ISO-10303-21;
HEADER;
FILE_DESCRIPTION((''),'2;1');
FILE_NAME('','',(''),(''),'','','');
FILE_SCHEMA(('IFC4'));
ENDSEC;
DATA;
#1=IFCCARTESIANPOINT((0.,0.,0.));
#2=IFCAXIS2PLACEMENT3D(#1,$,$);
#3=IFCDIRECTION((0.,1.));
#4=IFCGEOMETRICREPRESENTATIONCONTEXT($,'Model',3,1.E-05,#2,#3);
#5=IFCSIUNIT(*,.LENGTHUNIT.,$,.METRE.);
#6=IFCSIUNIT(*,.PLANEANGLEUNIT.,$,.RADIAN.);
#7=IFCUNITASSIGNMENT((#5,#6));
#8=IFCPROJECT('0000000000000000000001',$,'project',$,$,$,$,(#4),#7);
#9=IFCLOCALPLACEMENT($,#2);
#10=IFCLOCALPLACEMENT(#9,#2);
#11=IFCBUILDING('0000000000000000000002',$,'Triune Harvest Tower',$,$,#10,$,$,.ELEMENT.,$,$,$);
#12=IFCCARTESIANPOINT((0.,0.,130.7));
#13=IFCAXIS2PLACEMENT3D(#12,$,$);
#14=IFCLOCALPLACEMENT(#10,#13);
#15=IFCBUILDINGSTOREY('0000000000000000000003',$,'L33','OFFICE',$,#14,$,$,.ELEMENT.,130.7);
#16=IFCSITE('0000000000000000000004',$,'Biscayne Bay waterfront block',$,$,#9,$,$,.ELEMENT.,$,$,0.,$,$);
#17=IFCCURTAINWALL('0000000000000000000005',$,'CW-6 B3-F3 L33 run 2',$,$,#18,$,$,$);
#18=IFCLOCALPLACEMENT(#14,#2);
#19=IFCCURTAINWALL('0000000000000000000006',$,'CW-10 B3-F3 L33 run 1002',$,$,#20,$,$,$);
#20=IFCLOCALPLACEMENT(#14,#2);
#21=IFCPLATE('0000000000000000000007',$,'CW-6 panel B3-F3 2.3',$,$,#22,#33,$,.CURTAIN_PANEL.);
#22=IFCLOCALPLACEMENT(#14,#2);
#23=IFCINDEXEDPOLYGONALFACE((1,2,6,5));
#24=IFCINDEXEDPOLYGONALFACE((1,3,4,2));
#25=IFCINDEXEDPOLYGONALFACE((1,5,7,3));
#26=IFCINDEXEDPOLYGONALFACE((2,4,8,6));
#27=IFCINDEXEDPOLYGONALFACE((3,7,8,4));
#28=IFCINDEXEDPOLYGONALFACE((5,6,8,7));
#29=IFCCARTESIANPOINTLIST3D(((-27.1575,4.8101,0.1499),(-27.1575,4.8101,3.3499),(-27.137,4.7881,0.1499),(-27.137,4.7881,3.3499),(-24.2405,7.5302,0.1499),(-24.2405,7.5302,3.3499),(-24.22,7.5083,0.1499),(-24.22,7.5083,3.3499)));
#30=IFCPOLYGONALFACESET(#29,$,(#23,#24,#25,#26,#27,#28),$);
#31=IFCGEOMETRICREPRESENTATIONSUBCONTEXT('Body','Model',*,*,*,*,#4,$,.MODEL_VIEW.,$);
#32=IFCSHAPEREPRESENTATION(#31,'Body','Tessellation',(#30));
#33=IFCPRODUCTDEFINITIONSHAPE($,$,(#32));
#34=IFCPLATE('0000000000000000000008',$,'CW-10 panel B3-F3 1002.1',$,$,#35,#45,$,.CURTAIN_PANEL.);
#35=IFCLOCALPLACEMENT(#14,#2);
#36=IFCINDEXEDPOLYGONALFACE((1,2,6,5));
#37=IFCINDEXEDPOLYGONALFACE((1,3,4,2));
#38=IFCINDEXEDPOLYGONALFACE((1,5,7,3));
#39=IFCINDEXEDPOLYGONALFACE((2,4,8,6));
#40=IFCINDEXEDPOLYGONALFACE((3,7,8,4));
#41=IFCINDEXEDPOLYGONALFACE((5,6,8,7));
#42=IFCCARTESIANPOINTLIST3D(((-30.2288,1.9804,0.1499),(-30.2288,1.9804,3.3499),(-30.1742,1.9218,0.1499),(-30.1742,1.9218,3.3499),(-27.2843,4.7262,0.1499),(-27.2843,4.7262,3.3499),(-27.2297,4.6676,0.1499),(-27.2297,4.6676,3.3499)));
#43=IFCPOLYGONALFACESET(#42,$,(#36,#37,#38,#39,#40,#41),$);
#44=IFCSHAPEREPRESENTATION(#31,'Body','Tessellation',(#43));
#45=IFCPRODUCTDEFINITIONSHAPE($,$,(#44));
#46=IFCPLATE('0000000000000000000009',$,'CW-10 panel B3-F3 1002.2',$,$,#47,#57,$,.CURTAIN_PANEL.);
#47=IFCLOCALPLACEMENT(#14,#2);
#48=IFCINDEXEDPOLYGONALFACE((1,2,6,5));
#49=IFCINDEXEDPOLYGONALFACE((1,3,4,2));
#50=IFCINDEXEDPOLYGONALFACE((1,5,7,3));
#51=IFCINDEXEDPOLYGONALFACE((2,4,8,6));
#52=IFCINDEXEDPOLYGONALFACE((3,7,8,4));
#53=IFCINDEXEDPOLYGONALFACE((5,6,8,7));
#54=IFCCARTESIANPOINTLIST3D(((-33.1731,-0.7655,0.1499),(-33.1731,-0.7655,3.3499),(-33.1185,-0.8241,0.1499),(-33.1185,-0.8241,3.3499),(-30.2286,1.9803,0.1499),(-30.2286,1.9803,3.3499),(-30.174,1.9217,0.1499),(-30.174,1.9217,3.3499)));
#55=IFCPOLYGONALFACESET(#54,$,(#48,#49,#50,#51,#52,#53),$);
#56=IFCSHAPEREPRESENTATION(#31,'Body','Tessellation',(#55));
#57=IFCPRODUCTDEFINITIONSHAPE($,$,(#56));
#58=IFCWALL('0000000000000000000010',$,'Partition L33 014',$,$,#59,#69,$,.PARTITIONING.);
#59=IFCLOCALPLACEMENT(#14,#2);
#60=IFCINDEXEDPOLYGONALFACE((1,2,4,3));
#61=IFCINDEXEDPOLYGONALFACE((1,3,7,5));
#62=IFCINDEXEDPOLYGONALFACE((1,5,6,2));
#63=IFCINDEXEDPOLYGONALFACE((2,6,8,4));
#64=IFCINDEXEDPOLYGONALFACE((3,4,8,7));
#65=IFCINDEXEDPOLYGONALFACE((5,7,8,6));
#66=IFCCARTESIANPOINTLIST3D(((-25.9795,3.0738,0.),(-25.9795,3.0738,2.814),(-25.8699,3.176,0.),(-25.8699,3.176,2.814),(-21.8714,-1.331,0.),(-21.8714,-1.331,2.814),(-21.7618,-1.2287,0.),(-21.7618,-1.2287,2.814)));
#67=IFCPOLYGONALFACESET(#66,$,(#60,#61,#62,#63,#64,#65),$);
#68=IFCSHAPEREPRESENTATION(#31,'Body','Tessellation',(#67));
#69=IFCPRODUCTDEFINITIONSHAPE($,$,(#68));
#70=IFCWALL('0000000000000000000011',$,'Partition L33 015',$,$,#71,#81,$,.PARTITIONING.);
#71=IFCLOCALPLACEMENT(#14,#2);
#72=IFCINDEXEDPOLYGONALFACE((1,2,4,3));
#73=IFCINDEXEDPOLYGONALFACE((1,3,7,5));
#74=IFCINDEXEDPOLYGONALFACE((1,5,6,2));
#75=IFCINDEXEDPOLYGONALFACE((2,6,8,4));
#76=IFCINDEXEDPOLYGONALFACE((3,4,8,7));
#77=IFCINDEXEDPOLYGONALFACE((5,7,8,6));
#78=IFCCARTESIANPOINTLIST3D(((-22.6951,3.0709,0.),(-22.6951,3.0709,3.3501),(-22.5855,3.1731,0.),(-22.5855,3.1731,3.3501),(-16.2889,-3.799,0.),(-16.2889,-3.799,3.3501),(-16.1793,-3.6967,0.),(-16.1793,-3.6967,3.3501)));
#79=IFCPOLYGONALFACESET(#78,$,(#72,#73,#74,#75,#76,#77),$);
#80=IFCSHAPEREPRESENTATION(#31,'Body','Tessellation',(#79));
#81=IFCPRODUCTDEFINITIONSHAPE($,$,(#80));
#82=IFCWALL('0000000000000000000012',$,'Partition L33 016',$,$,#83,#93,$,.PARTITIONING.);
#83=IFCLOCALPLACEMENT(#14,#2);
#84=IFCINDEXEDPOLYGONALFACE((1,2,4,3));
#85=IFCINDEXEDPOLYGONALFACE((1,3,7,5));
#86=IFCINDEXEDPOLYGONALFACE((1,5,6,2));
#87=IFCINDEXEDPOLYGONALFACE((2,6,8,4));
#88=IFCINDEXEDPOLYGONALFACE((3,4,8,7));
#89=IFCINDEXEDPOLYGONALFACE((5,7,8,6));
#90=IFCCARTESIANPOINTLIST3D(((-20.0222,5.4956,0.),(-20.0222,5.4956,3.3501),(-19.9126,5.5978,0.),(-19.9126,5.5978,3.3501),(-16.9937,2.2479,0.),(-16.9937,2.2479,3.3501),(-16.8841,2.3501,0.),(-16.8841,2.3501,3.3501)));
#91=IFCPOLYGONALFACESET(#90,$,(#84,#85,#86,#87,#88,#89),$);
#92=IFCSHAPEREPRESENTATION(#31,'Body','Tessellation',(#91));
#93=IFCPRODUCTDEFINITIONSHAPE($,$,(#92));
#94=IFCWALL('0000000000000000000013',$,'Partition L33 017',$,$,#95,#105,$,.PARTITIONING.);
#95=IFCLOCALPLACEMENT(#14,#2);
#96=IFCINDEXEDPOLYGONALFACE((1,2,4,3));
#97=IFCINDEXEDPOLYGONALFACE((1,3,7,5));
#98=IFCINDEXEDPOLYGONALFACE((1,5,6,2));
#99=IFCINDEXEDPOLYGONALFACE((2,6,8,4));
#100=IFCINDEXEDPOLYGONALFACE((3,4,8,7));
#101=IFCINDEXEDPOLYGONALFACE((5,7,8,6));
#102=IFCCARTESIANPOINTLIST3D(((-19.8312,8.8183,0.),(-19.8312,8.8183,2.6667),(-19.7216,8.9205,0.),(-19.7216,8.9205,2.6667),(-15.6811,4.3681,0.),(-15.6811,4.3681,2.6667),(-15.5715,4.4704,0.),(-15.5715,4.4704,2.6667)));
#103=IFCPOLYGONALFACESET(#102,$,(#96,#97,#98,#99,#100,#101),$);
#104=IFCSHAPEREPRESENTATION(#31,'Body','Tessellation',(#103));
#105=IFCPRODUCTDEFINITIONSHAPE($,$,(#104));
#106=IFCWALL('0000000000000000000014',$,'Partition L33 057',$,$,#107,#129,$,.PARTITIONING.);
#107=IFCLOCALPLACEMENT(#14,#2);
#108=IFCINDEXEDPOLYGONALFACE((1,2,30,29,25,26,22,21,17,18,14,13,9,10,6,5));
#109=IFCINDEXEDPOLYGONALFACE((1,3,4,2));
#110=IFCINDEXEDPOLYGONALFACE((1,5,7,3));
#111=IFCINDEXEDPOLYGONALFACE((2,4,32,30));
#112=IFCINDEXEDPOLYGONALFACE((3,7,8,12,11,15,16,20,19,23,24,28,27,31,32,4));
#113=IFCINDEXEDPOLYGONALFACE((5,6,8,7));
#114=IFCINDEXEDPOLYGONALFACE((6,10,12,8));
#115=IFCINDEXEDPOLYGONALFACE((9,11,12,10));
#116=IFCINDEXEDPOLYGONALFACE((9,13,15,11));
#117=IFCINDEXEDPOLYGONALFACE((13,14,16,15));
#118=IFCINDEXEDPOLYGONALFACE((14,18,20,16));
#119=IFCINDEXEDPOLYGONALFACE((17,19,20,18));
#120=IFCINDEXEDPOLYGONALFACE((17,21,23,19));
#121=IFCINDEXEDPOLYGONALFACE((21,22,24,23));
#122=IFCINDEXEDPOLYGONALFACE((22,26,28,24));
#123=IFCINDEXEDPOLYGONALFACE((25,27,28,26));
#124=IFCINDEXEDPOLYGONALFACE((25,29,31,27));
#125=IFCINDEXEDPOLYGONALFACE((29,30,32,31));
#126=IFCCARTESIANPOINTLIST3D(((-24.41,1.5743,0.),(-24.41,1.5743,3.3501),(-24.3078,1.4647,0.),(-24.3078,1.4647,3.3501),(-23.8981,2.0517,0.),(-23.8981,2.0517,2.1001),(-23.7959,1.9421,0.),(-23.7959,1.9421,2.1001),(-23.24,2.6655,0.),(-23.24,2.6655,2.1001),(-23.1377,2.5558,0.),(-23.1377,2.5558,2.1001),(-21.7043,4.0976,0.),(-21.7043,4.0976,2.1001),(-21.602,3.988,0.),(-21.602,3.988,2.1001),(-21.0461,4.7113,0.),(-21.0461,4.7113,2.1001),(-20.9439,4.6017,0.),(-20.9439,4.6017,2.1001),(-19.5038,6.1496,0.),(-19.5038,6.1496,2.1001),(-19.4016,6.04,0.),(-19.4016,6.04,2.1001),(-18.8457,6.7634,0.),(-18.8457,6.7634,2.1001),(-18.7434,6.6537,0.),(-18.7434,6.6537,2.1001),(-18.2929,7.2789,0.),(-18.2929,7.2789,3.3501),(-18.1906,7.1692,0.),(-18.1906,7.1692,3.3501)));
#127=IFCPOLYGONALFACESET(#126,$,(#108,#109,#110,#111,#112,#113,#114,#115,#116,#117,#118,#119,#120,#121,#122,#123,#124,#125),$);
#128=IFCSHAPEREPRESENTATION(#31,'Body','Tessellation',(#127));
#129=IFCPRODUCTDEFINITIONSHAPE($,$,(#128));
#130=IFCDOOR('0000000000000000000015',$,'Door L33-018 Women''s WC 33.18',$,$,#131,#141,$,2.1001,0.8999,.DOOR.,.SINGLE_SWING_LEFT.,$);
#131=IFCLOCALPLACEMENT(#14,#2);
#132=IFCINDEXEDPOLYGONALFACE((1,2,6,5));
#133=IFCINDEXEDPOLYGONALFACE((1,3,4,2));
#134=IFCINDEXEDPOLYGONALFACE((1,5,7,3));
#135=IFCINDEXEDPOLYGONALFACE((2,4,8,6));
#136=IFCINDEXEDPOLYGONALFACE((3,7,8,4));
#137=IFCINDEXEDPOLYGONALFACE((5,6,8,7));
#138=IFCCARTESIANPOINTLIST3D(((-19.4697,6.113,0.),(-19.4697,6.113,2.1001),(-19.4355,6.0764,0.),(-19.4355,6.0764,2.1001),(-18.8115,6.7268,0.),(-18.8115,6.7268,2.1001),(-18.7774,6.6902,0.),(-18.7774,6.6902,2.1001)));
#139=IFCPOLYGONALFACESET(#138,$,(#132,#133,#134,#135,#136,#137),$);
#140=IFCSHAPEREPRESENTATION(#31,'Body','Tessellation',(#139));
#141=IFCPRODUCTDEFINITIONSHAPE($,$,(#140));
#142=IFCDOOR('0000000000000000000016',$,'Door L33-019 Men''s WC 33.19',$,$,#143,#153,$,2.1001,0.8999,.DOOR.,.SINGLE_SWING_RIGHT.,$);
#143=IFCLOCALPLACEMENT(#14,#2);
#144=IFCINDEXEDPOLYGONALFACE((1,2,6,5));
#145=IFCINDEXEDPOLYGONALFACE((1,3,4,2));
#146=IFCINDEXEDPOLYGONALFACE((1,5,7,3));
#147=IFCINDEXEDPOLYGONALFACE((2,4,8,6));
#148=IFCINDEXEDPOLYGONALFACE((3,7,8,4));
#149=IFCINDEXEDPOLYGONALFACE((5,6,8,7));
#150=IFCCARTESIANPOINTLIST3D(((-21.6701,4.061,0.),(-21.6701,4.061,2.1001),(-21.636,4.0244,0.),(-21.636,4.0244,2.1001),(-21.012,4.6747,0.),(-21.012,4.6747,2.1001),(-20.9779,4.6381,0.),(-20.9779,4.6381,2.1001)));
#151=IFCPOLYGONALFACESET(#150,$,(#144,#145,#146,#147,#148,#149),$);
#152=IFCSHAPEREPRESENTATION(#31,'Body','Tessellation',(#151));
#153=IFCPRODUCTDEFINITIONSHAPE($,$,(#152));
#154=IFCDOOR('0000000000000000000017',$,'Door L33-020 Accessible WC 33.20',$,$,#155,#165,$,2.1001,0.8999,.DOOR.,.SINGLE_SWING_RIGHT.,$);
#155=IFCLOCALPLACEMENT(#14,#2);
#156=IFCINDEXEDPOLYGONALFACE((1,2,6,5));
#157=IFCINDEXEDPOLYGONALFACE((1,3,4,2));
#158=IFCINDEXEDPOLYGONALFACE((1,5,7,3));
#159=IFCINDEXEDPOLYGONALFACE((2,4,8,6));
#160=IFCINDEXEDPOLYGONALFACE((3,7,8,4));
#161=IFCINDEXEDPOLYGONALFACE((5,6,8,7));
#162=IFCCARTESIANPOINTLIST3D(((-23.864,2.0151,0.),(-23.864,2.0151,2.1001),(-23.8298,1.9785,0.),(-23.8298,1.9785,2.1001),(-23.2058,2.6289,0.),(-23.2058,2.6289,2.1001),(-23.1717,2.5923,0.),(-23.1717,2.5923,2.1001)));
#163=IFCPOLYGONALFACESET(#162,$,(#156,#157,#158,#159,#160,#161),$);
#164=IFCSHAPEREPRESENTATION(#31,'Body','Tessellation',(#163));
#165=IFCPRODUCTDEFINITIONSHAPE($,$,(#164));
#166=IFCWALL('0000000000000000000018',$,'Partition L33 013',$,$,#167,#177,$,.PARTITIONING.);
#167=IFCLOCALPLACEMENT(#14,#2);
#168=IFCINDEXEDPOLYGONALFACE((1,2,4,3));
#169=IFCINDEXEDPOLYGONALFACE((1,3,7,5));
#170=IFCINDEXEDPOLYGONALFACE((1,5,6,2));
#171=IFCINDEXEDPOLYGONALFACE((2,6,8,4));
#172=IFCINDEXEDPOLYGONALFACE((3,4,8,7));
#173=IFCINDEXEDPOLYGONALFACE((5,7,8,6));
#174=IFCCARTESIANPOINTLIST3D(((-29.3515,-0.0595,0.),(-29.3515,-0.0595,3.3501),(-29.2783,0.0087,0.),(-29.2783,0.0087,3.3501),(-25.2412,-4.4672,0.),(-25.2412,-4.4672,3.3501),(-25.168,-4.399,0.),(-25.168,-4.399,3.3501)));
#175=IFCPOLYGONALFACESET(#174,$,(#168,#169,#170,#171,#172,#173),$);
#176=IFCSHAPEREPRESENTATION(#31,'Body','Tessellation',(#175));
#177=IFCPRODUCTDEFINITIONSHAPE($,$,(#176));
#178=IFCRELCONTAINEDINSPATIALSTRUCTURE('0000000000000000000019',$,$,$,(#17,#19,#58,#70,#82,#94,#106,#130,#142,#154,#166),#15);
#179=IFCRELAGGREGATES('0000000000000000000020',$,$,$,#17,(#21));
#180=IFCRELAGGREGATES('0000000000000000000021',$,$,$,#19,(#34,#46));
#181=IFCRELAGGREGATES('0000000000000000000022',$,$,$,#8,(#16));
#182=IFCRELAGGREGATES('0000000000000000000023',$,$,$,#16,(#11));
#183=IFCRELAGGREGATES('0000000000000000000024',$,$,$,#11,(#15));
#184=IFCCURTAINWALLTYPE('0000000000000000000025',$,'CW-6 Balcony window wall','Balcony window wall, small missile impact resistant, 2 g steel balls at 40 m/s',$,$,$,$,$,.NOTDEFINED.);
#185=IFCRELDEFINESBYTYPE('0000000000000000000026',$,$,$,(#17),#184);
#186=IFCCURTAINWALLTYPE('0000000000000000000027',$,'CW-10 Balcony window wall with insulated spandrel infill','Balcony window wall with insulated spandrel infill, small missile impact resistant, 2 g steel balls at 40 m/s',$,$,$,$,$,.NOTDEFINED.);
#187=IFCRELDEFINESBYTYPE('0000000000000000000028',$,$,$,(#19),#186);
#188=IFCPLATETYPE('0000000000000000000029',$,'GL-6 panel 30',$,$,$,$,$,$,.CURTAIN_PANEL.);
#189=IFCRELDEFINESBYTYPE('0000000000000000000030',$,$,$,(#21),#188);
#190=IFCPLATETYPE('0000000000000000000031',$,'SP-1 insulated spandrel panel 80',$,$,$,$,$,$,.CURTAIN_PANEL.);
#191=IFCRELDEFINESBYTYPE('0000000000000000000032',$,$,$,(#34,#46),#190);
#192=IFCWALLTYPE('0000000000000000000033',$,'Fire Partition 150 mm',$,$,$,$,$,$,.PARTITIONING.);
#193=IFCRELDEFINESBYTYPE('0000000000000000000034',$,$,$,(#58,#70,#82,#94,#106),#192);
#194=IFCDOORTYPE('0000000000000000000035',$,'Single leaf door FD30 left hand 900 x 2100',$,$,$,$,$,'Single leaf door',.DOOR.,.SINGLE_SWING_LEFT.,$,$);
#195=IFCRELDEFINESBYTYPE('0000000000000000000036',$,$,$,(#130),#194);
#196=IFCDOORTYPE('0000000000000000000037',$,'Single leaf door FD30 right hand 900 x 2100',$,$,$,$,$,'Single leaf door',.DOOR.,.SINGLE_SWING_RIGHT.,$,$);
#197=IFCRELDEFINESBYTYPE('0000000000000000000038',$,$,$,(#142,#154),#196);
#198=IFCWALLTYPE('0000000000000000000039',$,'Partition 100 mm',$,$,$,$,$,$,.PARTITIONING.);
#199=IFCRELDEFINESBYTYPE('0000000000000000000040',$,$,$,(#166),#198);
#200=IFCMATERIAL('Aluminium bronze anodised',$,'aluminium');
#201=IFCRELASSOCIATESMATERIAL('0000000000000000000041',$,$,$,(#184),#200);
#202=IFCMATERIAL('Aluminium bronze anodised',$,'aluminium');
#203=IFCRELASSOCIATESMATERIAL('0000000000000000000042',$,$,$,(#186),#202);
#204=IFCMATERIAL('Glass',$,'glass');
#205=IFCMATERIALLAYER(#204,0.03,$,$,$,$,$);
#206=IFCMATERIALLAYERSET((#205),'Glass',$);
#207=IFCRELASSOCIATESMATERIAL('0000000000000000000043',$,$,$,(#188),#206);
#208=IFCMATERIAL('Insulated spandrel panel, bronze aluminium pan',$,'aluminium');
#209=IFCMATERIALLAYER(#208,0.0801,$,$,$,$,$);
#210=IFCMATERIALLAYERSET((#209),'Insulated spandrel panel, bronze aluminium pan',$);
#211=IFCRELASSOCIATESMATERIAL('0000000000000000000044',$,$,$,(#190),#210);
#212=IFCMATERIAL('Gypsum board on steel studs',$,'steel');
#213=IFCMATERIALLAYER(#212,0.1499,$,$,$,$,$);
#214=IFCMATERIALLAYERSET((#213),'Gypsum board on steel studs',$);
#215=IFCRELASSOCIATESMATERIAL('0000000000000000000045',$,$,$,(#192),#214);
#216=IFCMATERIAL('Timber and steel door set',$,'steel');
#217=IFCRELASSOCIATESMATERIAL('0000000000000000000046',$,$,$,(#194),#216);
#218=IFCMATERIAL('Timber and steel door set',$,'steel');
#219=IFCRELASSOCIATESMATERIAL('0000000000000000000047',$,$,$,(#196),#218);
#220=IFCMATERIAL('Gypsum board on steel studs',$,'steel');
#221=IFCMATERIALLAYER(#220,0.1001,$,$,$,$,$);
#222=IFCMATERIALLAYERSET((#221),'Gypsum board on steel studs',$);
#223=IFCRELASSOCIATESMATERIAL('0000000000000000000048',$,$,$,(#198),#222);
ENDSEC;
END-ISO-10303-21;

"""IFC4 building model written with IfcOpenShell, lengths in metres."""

from ifc_helpers import new_model, si_unit, direction, frame, frame_2d, origin, origin_2d, place, context, subcontext, project, spatial, rectangle, extrude, source, transform, mapped, material, layer, layer_set, type_object, element, fill, aggregate, save


model = new_model("IFC4")

# Units and contexts
model_context = context("Model", 3, precision=1e-05, world=origin(), true_north=direction((0.0, 1.0)))
body_context = subcontext(model_context, "Body", "Model", "MODEL_VIEW")
ifc_project = project(units=[si_unit("LENGTHUNIT", "METRE"), si_unit("PLANEANGLEUNIT", "RADIAN")], contexts=[model_context])

# Site, building, storey
site_placement = place(None, origin())
site = spatial("IfcSite", under=ifc_project, at=site_placement, Name="Biscayne Bay waterfront block", CompositionType="ELEMENT", RefElevation=0.0)
building_placement = place(site_placement, origin())
building = spatial("IfcBuilding", under=site, at=building_placement, Name="Triune Harvest Tower", CompositionType="ELEMENT")
storey_placement = place(building_placement, frame((0.0, 0.0, 130.7)))
storey = spatial("IfcBuildingStorey", under=building, at=storey_placement, Name="L33", Description="OFFICE", CompositionType="ELEMENT", Elevation=130.7)

# Curtain wall
ifc_material_1 = material(Name="Aluminium bronze anodised", Category="aluminium")
curtain_wall_type_1 = type_object("IfcCurtainWallType", Name="CW-6 Balcony window wall", Description="Balcony window wall, small missile impact resistant, 2 g steel balls at 40 m/s", PredefinedType="NOTDEFINED", material=ifc_material_1)
curtain_wall_1_placement = place(storey_placement, origin())
curtain_wall_1 = element("IfcCurtainWall", 1, at=curtain_wall_1_placement, inside=storey, type_object=curtain_wall_type_1, Name="CW-6 B3-F3 L33 run 2")

# Curtain wall
ifc_material_2 = material(Name="Aluminium bronze anodised", Category="aluminium")
curtain_wall_type_2 = type_object("IfcCurtainWallType", Name="CW-10 Balcony window wall with insulated spandrel infill", Description="Balcony window wall with insulated spandrel infill, small missile impact resistant, 2 g steel balls at 40 m/s", PredefinedType="NOTDEFINED", material=ifc_material_2)
curtain_wall_2_placement = place(storey_placement, origin())
curtain_wall_2 = element("IfcCurtainWall", 2, at=curtain_wall_2_placement, inside=storey, type_object=curtain_wall_type_2, Name="CW-10 B3-F3 L33 run 1002")

# Plates
ifc_material_3 = material(Name="Glass", Category="glass")
ifc_layer_1 = layer(ifc_material_3, 0.03)
ifc_layer_set_1 = layer_set([ifc_layer_1], Name="Glass")
plate_type_1 = type_object("IfcPlateType", Name="GL-6 panel 30", PredefinedType="CURTAIN_PANEL", material=ifc_layer_set_1)
plate_1_placement = place(storey_placement, frame((-25.6887, 6.1592, 0.1499), z_axis=(0.0, 0.0, 1.0), x_axis=(-0.731353, -0.681999, 0.0)))
plate_1 = element("IfcPlate", 3, at=plate_1_placement, type_object=plate_type_1, Name="CW-6 panel B3-F3 2.3", PredefinedType="CURTAIN_PANEL", context=body_context, shape_type="SweptSolid", body=[
    extrude(rectangle(XDim=3.9885, YDim=0.03, at=origin_2d()), origin(), (0.0, 0.0, 1.0), 3.2),
])
aggregate(curtain_wall_1, [plate_1])
ifc_material_4 = material(Name="Insulated spandrel panel, bronze aluminium pan", Category="aluminium")
ifc_layer_2 = layer(ifc_material_4, 0.0801)
ifc_layer_set_2 = layer_set([ifc_layer_2], Name="Insulated spandrel panel, bronze aluminium pan")
plate_type_2 = type_object("IfcPlateType", Name="SP-1 insulated spandrel panel 80", PredefinedType="CURTAIN_PANEL", material=ifc_layer_set_2)
shared_shape_1 = source(origin(), body_context, "Body", "SweptSolid", [
    extrude(rectangle(XDim=4.0261, YDim=0.0801, at=origin_2d()), origin(), (0.0, 0.0, 1.0), 3.2),
])
plate_2_placement = place(storey_placement, frame((-28.7292, 3.324, 0.1499), z_axis=(0.0, 0.0, 1.0), x_axis=(-0.731353, -0.681999, 0.0)))
plate_2 = element("IfcPlate", 4, at=plate_2_placement, type_object=plate_type_2, Name="CW-10 panel B3-F3 1002.1", PredefinedType="CURTAIN_PANEL", context=body_context, shape_type="MappedRepresentation", body=[
    mapped(shared_shape_1, transform((0.0, 0.0, 0.0), scale=1.0)),
])
plate_3_placement = place(storey_placement, frame((-31.6736, 0.5781, 0.1499), z_axis=(0.0, 0.0, 1.0), x_axis=(-0.731353, -0.681999, 0.0)))
plate_3 = element("IfcPlate", 5, at=plate_3_placement, type_object=plate_type_2, Name="CW-10 panel B3-F3 1002.2", PredefinedType="CURTAIN_PANEL", context=body_context, shape_type="MappedRepresentation", body=[
    mapped(shared_shape_1, transform((0.0, 0.0, 0.0), scale=1.0)),
])
aggregate(curtain_wall_2, [plate_2, plate_3])

# Walls
ifc_material_5 = material(Name="Gypsum board on steel studs", Category="steel")
ifc_layer_3 = layer(ifc_material_5, 0.1499)
ifc_layer_set_3 = layer_set([ifc_layer_3], Name="Gypsum board on steel studs")
wall_type_1 = type_object("IfcWallType", Name="Fire Partition 150 mm", PredefinedType="PARTITIONING", material=ifc_layer_set_3)
wall_1_placement = place(storey_placement, frame((-25.9248, 3.125, 0.0), z_axis=(0.0, 0.0, 1.0), x_axis=(0.682054, -0.731302, 0.0)))
element("IfcWall", 6, at=wall_1_placement, inside=storey, type_object=wall_type_1, Name="Partition L33 014", PredefinedType="PARTITIONING", context=body_context, shape_type="SweptSolid", body=[
    extrude(rectangle(XDim=6.0232, YDim=0.1499, at=frame_2d((3.0117, 0.0))), origin(), (0.0, 0.0, 1.0), 2.814),
])
wall_2_placement = place(storey_placement, frame((-22.6404, 3.1221, 0.0), z_axis=(0.0, 0.0, 1.0), x_axis=(0.681998, -0.731354, 0.0)))
element("IfcWall", 7, at=wall_2_placement, inside=storey, type_object=wall_type_1, Name="Partition L33 015", PredefinedType="PARTITIONING", context=body_context, shape_type="SweptSolid", body=[
    extrude(rectangle(XDim=9.3933, YDim=0.1499, at=frame_2d((4.6968, 0.0))), origin(), (0.0, 0.0, 1.0), 3.3501),
])
wall_3_placement = place(storey_placement, frame((-19.9673, 5.5466, 0.0), z_axis=(0.0, 0.0, 1.0), x_axis=(0.681991, -0.731361, 0.0)))
element("IfcWall", 8, at=wall_3_placement, inside=storey, type_object=wall_type_1, Name="Partition L33 016", PredefinedType="PARTITIONING", context=body_context, shape_type="SweptSolid", body=[
    extrude(rectangle(XDim=4.4407, YDim=0.1499, at=frame_2d((2.2202, 0.0))), origin(), (0.0, 0.0, 1.0), 3.3501),
])
wall_4_placement = place(storey_placement, frame((-19.7764, 8.8694, 0.0), z_axis=(0.0, 0.0, 1.0), x_axis=(0.682022, -0.731331, 0.0)))
element("IfcWall", 9, at=wall_4_placement, inside=storey, type_object=wall_type_1, Name="Partition L33 017", PredefinedType="PARTITIONING", context=body_context, shape_type="SweptSolid", body=[
    extrude(rectangle(XDim=6.085, YDim=0.1499, at=frame_2d((3.0425, 0.0))), origin(), (0.0, 0.0, 1.0), 2.6667),
])

# Wall, openings, doors
wall_5_placement = place(storey_placement, frame((-24.3589, 1.5195, 0.0), z_axis=(0.0, 0.0, 1.0), x_axis=(0.731341, 0.682012, 0.0)))
wall_5 = element("IfcWall", 10, at=wall_5_placement, inside=storey, type_object=wall_type_1, Name="Partition L33 057", PredefinedType="PARTITIONING", context=body_context, shape_type="SweptSolid", body=[
    extrude(rectangle(XDim=8.3643, YDim=0.1499, at=frame_2d((4.1821, 0.0))), origin(), (0.0, 0.0, 1.0), 3.3501),
])
opening_1_placement = place(wall_5_placement, frame((6.7085, 0.0, 0.0)))
opening_1 = element("IfcOpeningElement", 11, at=opening_1_placement, cuts=wall_5, PredefinedType="OPENING", context=body_context, shape_type="SweptSolid", body=[
    extrude(rectangle(XDim=0.8999, YDim=2.1001, at=frame_2d((0.45, 1.05))), frame((0.0, 0.085, 0.0), z_axis=(0.0, -1.0, 0.0), x_axis=(1.0, 0.0, 0.0)), (0.0, 0.0, 1.0), 0.1699),
])
opening_2_placement = place(wall_5_placement, frame((3.6997, 0.0, 0.0)))
opening_2 = element("IfcOpeningElement", 12, at=opening_2_placement, cuts=wall_5, PredefinedType="OPENING", context=body_context, shape_type="SweptSolid", body=[
    extrude(rectangle(XDim=0.8999, YDim=2.1001, at=frame_2d((0.45, 1.05))), frame((0.0, 0.085, 0.0), z_axis=(0.0, -1.0, 0.0), x_axis=(1.0, 0.0, 0.0)), (0.0, 0.0, 1.0), 0.1699),
])
opening_3_placement = place(wall_5_placement, frame((0.7, 0.0, 0.0)))
opening_3 = element("IfcOpeningElement", 13, at=opening_3_placement, cuts=wall_5, PredefinedType="OPENING", context=body_context, shape_type="SweptSolid", body=[
    extrude(rectangle(XDim=0.8999, YDim=2.1001, at=frame_2d((0.45, 1.05))), frame((0.0, 0.085, 0.0), z_axis=(0.0, -1.0, 0.0), x_axis=(1.0, 0.0, 0.0)), (0.0, 0.0, 1.0), 0.1699),
])
ifc_material_6 = material(Name="Timber and steel door set", Category="steel")
door_type_1 = type_object("IfcDoorType", Name="Single leaf door FD30 left hand 900 x 2100", ElementType="Single leaf door", OperationType="SINGLE_SWING_LEFT", PredefinedType="DOOR", material=ifc_material_6)
door_1_placement = place(opening_1_placement, origin())
door_1 = element("IfcDoor", 14, at=door_1_placement, inside=storey, type_object=door_type_1, Name="Door L33-018 Women's WC 33.18", OperationType="SINGLE_SWING_LEFT", OverallHeight=2.1001, OverallWidth=0.8999, PredefinedType="DOOR", context=body_context, shape_type="SweptSolid", body=[
    extrude(rectangle(XDim=0.8999, YDim=2.1001, at=frame_2d((0.45, 1.05))), frame((0.0, 0.0249, 0.0), z_axis=(0.0, -1.0, 0.0), x_axis=(1.0, 0.0, 0.0)), (0.0, 0.0, 1.0), 0.05),
])
fill(opening_1, door_1)
ifc_material_7 = material(Name="Timber and steel door set", Category="steel")
door_type_2 = type_object("IfcDoorType", Name="Single leaf door FD30 right hand 900 x 2100", ElementType="Single leaf door", OperationType="SINGLE_SWING_RIGHT", PredefinedType="DOOR", material=ifc_material_7)
door_2_placement = place(opening_2_placement, origin())
door_2 = element("IfcDoor", 15, at=door_2_placement, inside=storey, type_object=door_type_2, Name="Door L33-019 Men's WC 33.19", OperationType="SINGLE_SWING_RIGHT", OverallHeight=2.1001, OverallWidth=0.8999, PredefinedType="DOOR", context=body_context, shape_type="SweptSolid", body=[
    extrude(rectangle(XDim=0.8999, YDim=2.1001, at=frame_2d((0.45, 1.05))), frame((0.0, 0.0249, 0.0), z_axis=(0.0, -1.0, 0.0), x_axis=(1.0, 0.0, 0.0)), (0.0, 0.0, 1.0), 0.05),
])
fill(opening_2, door_2)
door_3_placement = place(opening_3_placement, origin())
door_3 = element("IfcDoor", 16, at=door_3_placement, inside=storey, type_object=door_type_2, Name="Door L33-020 Accessible WC 33.20", OperationType="SINGLE_SWING_RIGHT", OverallHeight=2.1001, OverallWidth=0.8999, PredefinedType="DOOR", context=body_context, shape_type="SweptSolid", body=[
    extrude(rectangle(XDim=0.8999, YDim=2.1001, at=frame_2d((0.45, 1.05))), frame((0.0, 0.0249, 0.0), z_axis=(0.0, -1.0, 0.0), x_axis=(1.0, 0.0, 0.0)), (0.0, 0.0, 1.0), 0.05),
])
fill(opening_3, door_3)

# Wall
ifc_material_8 = material(Name="Gypsum board on steel studs", Category="steel")
ifc_layer_4 = layer(ifc_material_8, 0.1001)
ifc_layer_set_4 = layer_set([ifc_layer_4], Name="Gypsum board on steel studs")
wall_type_2 = type_object("IfcWallType", Name="Partition 100 mm", PredefinedType="PARTITIONING", material=ifc_layer_set_4)
wall_6_placement = place(storey_placement, frame((-29.3149, -0.0254, 0.0), z_axis=(0.0, 0.0, 1.0), x_axis=(0.682006, -0.731346, 0.0)))
element("IfcWall", 17, at=wall_6_placement, inside=storey, type_object=wall_type_2, Name="Partition L33 013", PredefinedType="PARTITIONING", context=body_context, shape_type="SweptSolid", body=[
    extrude(rectangle(XDim=6.0269, YDim=0.1001, at=frame_2d((3.0134, 0.0))), origin(), (0.0, 0.0, 1.0), 3.3501),
])

save(model, "model.ifc")
